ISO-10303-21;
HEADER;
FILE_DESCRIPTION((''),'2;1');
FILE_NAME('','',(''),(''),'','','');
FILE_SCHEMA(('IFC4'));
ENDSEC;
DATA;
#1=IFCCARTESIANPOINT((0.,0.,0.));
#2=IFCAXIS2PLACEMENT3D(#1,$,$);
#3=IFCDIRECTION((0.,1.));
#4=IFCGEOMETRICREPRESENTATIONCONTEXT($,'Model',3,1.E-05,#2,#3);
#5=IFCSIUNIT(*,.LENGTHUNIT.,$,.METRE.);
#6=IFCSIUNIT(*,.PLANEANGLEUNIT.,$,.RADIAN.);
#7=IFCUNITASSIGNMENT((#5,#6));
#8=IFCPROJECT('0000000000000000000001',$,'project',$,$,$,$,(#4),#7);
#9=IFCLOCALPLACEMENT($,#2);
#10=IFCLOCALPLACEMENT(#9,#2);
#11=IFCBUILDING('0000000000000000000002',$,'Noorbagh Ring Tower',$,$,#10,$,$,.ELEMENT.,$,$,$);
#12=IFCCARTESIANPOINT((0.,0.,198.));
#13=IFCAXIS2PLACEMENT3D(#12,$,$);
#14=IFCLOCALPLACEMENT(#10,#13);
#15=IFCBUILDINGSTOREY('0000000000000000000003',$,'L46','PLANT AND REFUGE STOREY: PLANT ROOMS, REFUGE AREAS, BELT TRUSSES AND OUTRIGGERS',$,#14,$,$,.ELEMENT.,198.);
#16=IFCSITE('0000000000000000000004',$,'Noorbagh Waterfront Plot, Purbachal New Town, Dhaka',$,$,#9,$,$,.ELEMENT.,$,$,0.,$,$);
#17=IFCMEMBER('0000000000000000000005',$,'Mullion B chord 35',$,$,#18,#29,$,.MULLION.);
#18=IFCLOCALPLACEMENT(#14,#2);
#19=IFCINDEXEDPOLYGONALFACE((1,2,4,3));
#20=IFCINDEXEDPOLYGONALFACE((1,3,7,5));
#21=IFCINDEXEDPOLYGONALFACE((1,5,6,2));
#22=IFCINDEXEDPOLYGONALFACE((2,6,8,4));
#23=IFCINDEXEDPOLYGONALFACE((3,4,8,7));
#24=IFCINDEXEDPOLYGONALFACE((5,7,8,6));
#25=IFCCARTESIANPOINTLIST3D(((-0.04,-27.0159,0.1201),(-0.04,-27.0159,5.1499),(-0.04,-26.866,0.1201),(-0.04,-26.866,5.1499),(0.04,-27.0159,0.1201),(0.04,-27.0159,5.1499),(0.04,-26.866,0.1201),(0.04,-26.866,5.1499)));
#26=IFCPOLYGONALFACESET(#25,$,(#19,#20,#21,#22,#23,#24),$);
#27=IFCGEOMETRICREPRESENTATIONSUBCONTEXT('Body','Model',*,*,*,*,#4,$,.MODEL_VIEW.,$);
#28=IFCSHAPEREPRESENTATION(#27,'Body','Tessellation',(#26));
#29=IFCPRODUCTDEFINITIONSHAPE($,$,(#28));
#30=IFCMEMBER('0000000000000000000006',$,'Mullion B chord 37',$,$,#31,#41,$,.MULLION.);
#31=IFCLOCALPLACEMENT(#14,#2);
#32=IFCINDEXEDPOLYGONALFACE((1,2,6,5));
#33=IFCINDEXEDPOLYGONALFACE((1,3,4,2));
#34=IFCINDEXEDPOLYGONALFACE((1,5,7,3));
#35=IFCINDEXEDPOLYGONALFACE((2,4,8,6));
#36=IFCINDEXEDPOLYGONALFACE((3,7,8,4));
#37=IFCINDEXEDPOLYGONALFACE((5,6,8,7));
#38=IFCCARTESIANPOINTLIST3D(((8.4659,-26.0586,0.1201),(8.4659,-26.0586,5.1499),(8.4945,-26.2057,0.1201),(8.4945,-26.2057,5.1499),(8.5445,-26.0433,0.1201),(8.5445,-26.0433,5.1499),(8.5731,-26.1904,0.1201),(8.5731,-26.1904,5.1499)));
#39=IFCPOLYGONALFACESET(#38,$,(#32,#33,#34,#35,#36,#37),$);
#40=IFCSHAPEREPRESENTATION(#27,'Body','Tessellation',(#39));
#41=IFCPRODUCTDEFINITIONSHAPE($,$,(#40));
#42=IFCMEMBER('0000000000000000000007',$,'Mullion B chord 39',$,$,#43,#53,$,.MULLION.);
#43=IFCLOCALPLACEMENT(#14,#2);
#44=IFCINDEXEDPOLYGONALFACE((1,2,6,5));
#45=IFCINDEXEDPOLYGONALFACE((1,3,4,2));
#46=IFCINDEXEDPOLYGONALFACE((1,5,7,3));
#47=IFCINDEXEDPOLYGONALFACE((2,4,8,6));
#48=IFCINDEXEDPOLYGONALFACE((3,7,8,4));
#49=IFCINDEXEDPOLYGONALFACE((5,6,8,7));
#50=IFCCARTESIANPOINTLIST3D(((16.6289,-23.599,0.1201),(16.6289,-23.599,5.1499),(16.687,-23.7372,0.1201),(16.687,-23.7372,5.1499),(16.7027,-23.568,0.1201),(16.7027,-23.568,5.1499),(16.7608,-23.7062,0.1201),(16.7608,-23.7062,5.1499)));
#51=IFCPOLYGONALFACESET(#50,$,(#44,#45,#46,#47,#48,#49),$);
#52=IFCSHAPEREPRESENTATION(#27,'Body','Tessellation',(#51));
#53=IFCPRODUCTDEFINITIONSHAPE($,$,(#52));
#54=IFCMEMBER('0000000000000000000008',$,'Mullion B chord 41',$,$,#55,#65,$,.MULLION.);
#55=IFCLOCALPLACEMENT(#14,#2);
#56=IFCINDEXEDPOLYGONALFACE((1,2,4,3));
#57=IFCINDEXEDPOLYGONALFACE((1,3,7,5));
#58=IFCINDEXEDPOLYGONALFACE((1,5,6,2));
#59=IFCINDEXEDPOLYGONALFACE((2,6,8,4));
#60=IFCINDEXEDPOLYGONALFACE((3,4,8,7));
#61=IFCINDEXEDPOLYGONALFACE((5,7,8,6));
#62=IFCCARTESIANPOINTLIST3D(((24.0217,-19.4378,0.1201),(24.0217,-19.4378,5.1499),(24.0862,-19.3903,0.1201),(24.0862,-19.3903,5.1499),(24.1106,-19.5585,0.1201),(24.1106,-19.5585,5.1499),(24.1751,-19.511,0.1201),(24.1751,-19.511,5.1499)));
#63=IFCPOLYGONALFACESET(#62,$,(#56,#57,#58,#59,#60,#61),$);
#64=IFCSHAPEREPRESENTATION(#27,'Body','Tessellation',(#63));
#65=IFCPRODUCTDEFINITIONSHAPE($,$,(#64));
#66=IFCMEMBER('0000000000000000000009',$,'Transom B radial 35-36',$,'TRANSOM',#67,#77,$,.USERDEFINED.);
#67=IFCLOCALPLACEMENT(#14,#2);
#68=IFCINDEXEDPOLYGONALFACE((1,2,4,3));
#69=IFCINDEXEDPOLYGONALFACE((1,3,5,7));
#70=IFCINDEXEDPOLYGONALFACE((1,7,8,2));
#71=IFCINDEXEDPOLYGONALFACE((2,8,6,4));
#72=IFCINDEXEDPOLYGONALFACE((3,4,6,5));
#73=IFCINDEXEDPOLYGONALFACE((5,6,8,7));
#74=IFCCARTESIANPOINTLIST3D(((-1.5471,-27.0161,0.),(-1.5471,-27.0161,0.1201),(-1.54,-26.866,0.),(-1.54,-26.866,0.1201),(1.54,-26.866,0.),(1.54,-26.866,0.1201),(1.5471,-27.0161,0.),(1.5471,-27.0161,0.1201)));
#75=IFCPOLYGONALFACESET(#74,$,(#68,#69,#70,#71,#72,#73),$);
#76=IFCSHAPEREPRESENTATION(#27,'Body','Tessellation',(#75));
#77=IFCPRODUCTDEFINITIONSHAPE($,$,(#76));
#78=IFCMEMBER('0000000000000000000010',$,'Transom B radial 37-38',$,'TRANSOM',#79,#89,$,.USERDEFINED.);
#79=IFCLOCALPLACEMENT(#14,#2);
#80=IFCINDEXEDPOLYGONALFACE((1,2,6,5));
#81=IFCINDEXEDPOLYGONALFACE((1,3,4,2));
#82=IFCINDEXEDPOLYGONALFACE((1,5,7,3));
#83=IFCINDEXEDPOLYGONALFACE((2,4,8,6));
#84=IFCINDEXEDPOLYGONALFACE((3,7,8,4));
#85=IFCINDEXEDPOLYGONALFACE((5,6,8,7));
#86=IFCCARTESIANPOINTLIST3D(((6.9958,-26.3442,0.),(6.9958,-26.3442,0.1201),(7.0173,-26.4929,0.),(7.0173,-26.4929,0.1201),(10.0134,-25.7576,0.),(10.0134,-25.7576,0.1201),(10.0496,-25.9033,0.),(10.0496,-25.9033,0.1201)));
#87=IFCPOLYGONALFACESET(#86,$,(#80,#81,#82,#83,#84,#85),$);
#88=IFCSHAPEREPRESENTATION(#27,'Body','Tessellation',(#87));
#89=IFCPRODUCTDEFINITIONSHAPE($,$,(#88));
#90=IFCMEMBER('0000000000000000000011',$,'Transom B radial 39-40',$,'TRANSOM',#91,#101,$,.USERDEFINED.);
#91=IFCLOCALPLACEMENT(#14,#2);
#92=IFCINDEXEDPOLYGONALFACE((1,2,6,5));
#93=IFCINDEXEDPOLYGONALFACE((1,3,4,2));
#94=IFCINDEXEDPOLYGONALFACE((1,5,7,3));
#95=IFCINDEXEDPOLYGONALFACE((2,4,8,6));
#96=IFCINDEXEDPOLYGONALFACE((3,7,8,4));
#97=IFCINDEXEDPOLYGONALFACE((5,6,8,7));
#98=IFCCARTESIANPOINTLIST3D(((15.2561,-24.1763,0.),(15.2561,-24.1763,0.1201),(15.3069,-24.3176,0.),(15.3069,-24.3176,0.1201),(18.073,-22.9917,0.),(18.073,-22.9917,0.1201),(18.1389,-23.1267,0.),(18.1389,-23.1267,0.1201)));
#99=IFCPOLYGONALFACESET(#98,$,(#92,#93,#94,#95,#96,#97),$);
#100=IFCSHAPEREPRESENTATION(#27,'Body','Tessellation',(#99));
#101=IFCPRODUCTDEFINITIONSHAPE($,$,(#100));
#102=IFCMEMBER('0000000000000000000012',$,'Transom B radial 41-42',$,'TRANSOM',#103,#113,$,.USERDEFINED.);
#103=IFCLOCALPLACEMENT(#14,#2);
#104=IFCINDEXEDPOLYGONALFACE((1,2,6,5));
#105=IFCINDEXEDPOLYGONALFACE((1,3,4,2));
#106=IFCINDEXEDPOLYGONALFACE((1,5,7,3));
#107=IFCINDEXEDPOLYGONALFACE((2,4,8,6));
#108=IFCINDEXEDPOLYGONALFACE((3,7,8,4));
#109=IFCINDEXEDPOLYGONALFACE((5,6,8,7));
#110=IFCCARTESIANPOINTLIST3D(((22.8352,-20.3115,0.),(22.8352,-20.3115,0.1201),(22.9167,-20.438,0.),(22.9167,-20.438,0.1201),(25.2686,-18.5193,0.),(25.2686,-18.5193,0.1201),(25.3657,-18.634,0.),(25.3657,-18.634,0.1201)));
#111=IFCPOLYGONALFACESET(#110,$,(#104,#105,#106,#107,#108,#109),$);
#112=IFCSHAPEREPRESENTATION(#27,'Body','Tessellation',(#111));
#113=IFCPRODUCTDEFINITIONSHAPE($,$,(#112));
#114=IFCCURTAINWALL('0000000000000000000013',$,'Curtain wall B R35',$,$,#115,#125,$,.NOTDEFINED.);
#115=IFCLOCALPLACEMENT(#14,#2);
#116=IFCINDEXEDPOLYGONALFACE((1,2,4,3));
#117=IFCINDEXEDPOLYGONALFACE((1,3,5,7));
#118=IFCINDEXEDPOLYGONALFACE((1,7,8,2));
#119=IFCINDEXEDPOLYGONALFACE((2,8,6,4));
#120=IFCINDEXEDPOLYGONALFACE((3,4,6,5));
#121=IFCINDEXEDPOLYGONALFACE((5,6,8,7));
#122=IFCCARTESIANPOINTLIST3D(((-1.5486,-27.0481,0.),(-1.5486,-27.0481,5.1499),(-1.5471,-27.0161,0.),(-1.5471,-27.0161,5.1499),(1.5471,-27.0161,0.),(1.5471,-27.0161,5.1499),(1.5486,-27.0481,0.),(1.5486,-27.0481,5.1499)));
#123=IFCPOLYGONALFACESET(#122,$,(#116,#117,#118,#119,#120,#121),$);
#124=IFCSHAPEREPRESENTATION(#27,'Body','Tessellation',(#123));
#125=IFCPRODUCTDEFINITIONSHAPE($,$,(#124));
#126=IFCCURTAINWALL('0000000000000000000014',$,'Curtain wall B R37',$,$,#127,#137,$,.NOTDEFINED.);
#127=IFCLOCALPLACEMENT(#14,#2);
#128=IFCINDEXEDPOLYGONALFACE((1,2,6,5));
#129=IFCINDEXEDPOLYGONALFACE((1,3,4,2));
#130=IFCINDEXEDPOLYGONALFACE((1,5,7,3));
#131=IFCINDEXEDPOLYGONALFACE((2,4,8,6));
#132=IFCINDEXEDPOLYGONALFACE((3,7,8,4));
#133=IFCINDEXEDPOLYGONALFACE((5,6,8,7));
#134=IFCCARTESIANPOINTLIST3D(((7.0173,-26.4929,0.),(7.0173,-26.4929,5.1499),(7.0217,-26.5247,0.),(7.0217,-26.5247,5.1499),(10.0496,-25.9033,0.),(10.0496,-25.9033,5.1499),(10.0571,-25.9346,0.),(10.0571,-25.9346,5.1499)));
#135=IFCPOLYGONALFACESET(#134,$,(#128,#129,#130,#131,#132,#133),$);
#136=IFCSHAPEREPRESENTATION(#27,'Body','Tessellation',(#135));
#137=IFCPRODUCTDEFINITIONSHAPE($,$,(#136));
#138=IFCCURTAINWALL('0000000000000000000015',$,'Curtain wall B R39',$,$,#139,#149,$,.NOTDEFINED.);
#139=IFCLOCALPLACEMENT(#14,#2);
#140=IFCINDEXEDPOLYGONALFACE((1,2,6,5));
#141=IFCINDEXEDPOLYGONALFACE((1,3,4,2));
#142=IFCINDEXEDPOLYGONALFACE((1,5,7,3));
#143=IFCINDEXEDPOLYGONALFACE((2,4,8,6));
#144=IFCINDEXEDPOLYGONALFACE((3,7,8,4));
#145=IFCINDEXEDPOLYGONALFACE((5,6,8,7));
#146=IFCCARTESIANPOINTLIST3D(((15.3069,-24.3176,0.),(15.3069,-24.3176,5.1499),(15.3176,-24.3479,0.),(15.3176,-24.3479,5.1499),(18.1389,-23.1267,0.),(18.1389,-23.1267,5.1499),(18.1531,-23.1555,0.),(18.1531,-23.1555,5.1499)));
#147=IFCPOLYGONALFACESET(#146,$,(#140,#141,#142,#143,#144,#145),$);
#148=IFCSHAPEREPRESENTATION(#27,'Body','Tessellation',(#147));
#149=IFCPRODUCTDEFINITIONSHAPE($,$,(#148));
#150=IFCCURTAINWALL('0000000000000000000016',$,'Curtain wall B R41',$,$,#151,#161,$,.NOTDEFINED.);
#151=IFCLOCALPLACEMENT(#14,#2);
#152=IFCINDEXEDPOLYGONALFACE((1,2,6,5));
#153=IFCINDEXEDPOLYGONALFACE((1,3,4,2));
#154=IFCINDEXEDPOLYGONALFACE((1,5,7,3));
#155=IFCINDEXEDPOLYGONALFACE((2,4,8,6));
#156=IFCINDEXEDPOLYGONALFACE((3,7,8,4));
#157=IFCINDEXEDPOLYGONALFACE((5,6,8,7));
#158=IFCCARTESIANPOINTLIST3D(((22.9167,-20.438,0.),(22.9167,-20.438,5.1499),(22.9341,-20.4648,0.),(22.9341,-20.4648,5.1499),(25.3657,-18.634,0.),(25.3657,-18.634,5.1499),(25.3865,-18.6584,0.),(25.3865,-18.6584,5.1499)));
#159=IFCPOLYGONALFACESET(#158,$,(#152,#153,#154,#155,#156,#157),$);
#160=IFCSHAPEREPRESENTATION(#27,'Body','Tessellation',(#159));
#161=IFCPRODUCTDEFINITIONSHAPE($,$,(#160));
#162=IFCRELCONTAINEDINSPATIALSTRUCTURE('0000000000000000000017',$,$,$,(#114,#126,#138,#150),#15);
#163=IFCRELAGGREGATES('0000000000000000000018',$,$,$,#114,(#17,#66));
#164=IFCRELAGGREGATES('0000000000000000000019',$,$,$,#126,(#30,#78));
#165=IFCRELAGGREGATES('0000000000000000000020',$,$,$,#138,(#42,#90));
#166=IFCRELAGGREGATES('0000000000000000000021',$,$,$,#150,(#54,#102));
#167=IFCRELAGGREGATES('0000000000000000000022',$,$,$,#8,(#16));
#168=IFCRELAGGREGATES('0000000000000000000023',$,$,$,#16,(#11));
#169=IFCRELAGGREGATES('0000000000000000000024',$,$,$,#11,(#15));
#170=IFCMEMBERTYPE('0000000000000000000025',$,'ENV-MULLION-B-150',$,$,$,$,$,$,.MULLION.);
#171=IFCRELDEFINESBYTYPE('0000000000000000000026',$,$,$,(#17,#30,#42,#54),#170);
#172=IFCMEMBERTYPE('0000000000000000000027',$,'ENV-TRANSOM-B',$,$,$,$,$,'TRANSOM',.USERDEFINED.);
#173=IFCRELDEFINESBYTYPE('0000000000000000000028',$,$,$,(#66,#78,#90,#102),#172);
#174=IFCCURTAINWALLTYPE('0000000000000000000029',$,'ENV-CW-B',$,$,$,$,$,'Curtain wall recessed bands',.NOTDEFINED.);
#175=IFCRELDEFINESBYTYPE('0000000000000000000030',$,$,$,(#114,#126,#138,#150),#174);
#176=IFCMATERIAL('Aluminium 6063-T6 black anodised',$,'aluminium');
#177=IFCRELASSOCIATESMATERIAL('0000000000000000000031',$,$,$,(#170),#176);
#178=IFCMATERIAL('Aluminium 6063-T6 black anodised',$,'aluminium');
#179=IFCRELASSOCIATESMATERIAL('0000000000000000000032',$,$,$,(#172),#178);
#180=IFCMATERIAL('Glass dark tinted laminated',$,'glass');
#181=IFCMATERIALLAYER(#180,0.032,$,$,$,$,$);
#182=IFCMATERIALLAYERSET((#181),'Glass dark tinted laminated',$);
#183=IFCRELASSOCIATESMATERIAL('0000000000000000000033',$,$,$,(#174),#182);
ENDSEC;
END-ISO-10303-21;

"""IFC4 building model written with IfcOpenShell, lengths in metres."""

from ifc_helpers import new_model, si_unit, direction, frame, origin, origin_2d, place, context, subcontext, project, spatial, polyline, rectangle, outline, extrude, material, layer, layer_set, material_profile, profile_set, type_object, element, aggregate, save


model = new_model("IFC4")

# Units and contexts
model_context = context("Model", 3, precision=1e-05, world=origin(), true_north=direction((0.0, 1.0)))
body_context = subcontext(model_context, "Body", "Model", "MODEL_VIEW")
ifc_project = project(units=[si_unit("LENGTHUNIT", "METRE"), si_unit("PLANEANGLEUNIT", "RADIAN")], contexts=[model_context])

# Members
ifc_material_1 = material(Name="Aluminium 6063-T6 black anodised", Category="aluminium")
ifc_material_profile = material_profile(ifc_material_1, rectangle(XDim=0.1499, YDim=0.0801, at=origin_2d()), Name="150x80")
ifc_profile_set = profile_set([ifc_material_profile], Name="Aluminium 6063-T6 black anodised")
member_type_1 = type_object("IfcMemberType", Name="ENV-MULLION-B-150", PredefinedType="MULLION", material=ifc_profile_set)
site_placement = place(None, origin())
building_placement = place(site_placement, origin())
storey_placement = place(building_placement, frame((0.0, 0.0, 198.0)))
member_1_placement = place(storey_placement, frame((0.0, -26.9409, 0.1201), z_axis=(0.0, 0.0, 1.0), x_axis=(0.0, 1.0, 0.0)))
member_1 = element("IfcMember", 1, at=member_1_placement, type_object=member_type_1, Name="Mullion B chord 35", PredefinedType="MULLION", context=body_context, shape_type="SweptSolid", body=[
    extrude(rectangle(XDim=0.1499, YDim=0.0801, at=origin_2d()), origin(), (0.0, 0.0, 1.0), 5.0298),
])
member_2_placement = place(storey_placement, frame((8.5195, -26.1245, 0.1201), z_axis=(0.0, 0.0, 1.0), x_axis=(-0.19082, 0.981625, 0.0)))
member_2 = element("IfcMember", 2, at=member_2_placement, type_object=member_type_1, Name="Mullion B chord 37", PredefinedType="MULLION", context=body_context, shape_type="SweptSolid", body=[
    extrude(rectangle(XDim=0.1499, YDim=0.0801, at=origin_2d()), origin(), (0.0, 0.0, 1.0), 5.0298),
])
member_3_placement = place(storey_placement, frame((16.6948, -23.6526, 0.1201), z_axis=(0.0, 0.0, 1.0), x_axis=(-0.387638, 0.921812, 0.0)))
member_3 = element("IfcMember", 3, at=member_3_placement, type_object=member_type_1, Name="Mullion B chord 39", PredefinedType="MULLION", context=body_context, shape_type="SweptSolid", body=[
    extrude(rectangle(XDim=0.1499, YDim=0.0801, at=origin_2d()), origin(), (0.0, 0.0, 1.0), 5.0298),
])
member_4_placement = place(storey_placement, frame((24.0984, -19.4744, 0.1201), z_axis=(0.0, 0.0, 1.0), x_axis=(-0.593067, 0.805153, 0.0)))
member_4 = element("IfcMember", 4, at=member_4_placement, type_object=member_type_1, Name="Mullion B chord 41", PredefinedType="MULLION", context=body_context, shape_type="SweptSolid", body=[
    extrude(rectangle(XDim=0.1499, YDim=0.0801, at=origin_2d()), origin(), (0.0, 0.0, 1.0), 5.0298),
])
ifc_material_2 = material(Name="Aluminium 6063-T6 black anodised", Category="aluminium")
member_type_2 = type_object("IfcMemberType", Name="ENV-TRANSOM-B", ElementType="TRANSOM", PredefinedType="USERDEFINED", material=ifc_material_2)
member_5_placement = place(storey_placement, origin())
member_5 = element("IfcMember", 5, at=member_5_placement, type_object=member_type_2, Name="Transom B radial 35-36", ObjectType="TRANSOM", PredefinedType="USERDEFINED", context=body_context, shape_type="SweptSolid", body=[
    extrude(outline(polyline([(-1.5471, -27.0161), (1.5471, -27.0161), (1.54, -26.866), (-1.54, -26.866), (-1.5471, -27.0161)])), origin(), (0.0, 0.0, 1.0), 0.1201),
])
member_6_placement = place(storey_placement, origin())
member_6 = element("IfcMember", 6, at=member_6_placement, type_object=member_type_2, Name="Transom B radial 37-38", ObjectType="TRANSOM", PredefinedType="USERDEFINED", context=body_context, shape_type="SweptSolid", body=[
    extrude(outline(polyline([(7.0173, -26.4929), (10.0496, -25.9033), (10.0134, -25.7576), (6.9958, -26.3442), (7.0173, -26.4929)])), origin(), (0.0, 0.0, 1.0), 0.1201),
])
member_7_placement = place(storey_placement, origin())
member_7 = element("IfcMember", 7, at=member_7_placement, type_object=member_type_2, Name="Transom B radial 39-40", ObjectType="TRANSOM", PredefinedType="USERDEFINED", context=body_context, shape_type="SweptSolid", body=[
    extrude(outline(polyline([(15.3069, -24.3176), (18.1389, -23.1267), (18.073, -22.9917), (15.2561, -24.1763), (15.3069, -24.3176)])), origin(), (0.0, 0.0, 1.0), 0.1201),
])
member_8_placement = place(storey_placement, origin())
member_8 = element("IfcMember", 8, at=member_8_placement, type_object=member_type_2, Name="Transom B radial 41-42", ObjectType="TRANSOM", PredefinedType="USERDEFINED", context=body_context, shape_type="SweptSolid", body=[
    extrude(outline(polyline([(22.9167, -20.438), (25.3657, -18.634), (25.2686, -18.5193), (22.8352, -20.3115), (22.9167, -20.438)])), origin(), (0.0, 0.0, 1.0), 0.1201),
])

# Site, building, storey
site = spatial("IfcSite", under=ifc_project, at=site_placement, Name="Noorbagh Waterfront Plot, Purbachal New Town, Dhaka", CompositionType="ELEMENT", RefElevation=0.0)
building = spatial("IfcBuilding", under=site, at=building_placement, Name="Noorbagh Ring Tower", CompositionType="ELEMENT")
storey = spatial("IfcBuildingStorey", under=building, at=storey_placement, Name="L46", Description="PLANT AND REFUGE STOREY: PLANT ROOMS, REFUGE AREAS, BELT TRUSSES AND OUTRIGGERS", CompositionType="ELEMENT", Elevation=198.0)

# Curtain walls
ifc_material_3 = material(Name="Glass dark tinted laminated", Category="glass")
ifc_layer = layer(ifc_material_3, 0.032)
ifc_layer_set = layer_set([ifc_layer], Name="Glass dark tinted laminated")
curtain_wall_type = type_object("IfcCurtainWallType", Name="ENV-CW-B", ElementType="Curtain wall recessed bands", PredefinedType="NOTDEFINED", material=ifc_layer_set)
curtain_wall_1_placement = place(storey_placement, origin())
curtain_wall_1 = element("IfcCurtainWall", 9, at=curtain_wall_1_placement, inside=storey, type_object=curtain_wall_type, Name="Curtain wall B R35", PredefinedType="NOTDEFINED", context=body_context, shape_type="SweptSolid", body=[
    extrude(outline(polyline([(-1.5486, -27.0481), (1.5486, -27.0481), (1.5471, -27.0161), (-1.5471, -27.0161), (-1.5486, -27.0481)])), origin(), (0.0, 0.0, 1.0), 5.1499),
])
aggregate(curtain_wall_1, [member_1, member_5])
curtain_wall_2_placement = place(storey_placement, origin())
curtain_wall_2 = element("IfcCurtainWall", 10, at=curtain_wall_2_placement, inside=storey, type_object=curtain_wall_type, Name="Curtain wall B R37", PredefinedType="NOTDEFINED", context=body_context, shape_type="SweptSolid", body=[
    extrude(outline(polyline([(7.0217, -26.5247), (10.0571, -25.9346), (10.0496, -25.9033), (7.0173, -26.4929), (7.0217, -26.5247)])), origin(), (0.0, 0.0, 1.0), 5.1499),
])
aggregate(curtain_wall_2, [member_2, member_6])
curtain_wall_3_placement = place(storey_placement, origin())
curtain_wall_3 = element("IfcCurtainWall", 11, at=curtain_wall_3_placement, inside=storey, type_object=curtain_wall_type, Name="Curtain wall B R39", PredefinedType="NOTDEFINED", context=body_context, shape_type="SweptSolid", body=[
    extrude(outline(polyline([(15.3176, -24.3479), (18.1531, -23.1555), (18.1389, -23.1267), (15.3069, -24.3176), (15.3176, -24.3479)])), origin(), (0.0, 0.0, 1.0), 5.1499),
])
aggregate(curtain_wall_3, [member_3, member_7])
curtain_wall_4_placement = place(storey_placement, origin())
curtain_wall_4 = element("IfcCurtainWall", 12, at=curtain_wall_4_placement, inside=storey, type_object=curtain_wall_type, Name="Curtain wall B R41", PredefinedType="NOTDEFINED", context=body_context, shape_type="SweptSolid", body=[
    extrude(outline(polyline([(22.9341, -20.4648), (25.3865, -18.6584), (25.3657, -18.634), (22.9167, -20.438), (22.9341, -20.4648)])), origin(), (0.0, 0.0, 1.0), 5.1499),
])
aggregate(curtain_wall_4, [member_4, member_8])

save(model, "model.ifc")
